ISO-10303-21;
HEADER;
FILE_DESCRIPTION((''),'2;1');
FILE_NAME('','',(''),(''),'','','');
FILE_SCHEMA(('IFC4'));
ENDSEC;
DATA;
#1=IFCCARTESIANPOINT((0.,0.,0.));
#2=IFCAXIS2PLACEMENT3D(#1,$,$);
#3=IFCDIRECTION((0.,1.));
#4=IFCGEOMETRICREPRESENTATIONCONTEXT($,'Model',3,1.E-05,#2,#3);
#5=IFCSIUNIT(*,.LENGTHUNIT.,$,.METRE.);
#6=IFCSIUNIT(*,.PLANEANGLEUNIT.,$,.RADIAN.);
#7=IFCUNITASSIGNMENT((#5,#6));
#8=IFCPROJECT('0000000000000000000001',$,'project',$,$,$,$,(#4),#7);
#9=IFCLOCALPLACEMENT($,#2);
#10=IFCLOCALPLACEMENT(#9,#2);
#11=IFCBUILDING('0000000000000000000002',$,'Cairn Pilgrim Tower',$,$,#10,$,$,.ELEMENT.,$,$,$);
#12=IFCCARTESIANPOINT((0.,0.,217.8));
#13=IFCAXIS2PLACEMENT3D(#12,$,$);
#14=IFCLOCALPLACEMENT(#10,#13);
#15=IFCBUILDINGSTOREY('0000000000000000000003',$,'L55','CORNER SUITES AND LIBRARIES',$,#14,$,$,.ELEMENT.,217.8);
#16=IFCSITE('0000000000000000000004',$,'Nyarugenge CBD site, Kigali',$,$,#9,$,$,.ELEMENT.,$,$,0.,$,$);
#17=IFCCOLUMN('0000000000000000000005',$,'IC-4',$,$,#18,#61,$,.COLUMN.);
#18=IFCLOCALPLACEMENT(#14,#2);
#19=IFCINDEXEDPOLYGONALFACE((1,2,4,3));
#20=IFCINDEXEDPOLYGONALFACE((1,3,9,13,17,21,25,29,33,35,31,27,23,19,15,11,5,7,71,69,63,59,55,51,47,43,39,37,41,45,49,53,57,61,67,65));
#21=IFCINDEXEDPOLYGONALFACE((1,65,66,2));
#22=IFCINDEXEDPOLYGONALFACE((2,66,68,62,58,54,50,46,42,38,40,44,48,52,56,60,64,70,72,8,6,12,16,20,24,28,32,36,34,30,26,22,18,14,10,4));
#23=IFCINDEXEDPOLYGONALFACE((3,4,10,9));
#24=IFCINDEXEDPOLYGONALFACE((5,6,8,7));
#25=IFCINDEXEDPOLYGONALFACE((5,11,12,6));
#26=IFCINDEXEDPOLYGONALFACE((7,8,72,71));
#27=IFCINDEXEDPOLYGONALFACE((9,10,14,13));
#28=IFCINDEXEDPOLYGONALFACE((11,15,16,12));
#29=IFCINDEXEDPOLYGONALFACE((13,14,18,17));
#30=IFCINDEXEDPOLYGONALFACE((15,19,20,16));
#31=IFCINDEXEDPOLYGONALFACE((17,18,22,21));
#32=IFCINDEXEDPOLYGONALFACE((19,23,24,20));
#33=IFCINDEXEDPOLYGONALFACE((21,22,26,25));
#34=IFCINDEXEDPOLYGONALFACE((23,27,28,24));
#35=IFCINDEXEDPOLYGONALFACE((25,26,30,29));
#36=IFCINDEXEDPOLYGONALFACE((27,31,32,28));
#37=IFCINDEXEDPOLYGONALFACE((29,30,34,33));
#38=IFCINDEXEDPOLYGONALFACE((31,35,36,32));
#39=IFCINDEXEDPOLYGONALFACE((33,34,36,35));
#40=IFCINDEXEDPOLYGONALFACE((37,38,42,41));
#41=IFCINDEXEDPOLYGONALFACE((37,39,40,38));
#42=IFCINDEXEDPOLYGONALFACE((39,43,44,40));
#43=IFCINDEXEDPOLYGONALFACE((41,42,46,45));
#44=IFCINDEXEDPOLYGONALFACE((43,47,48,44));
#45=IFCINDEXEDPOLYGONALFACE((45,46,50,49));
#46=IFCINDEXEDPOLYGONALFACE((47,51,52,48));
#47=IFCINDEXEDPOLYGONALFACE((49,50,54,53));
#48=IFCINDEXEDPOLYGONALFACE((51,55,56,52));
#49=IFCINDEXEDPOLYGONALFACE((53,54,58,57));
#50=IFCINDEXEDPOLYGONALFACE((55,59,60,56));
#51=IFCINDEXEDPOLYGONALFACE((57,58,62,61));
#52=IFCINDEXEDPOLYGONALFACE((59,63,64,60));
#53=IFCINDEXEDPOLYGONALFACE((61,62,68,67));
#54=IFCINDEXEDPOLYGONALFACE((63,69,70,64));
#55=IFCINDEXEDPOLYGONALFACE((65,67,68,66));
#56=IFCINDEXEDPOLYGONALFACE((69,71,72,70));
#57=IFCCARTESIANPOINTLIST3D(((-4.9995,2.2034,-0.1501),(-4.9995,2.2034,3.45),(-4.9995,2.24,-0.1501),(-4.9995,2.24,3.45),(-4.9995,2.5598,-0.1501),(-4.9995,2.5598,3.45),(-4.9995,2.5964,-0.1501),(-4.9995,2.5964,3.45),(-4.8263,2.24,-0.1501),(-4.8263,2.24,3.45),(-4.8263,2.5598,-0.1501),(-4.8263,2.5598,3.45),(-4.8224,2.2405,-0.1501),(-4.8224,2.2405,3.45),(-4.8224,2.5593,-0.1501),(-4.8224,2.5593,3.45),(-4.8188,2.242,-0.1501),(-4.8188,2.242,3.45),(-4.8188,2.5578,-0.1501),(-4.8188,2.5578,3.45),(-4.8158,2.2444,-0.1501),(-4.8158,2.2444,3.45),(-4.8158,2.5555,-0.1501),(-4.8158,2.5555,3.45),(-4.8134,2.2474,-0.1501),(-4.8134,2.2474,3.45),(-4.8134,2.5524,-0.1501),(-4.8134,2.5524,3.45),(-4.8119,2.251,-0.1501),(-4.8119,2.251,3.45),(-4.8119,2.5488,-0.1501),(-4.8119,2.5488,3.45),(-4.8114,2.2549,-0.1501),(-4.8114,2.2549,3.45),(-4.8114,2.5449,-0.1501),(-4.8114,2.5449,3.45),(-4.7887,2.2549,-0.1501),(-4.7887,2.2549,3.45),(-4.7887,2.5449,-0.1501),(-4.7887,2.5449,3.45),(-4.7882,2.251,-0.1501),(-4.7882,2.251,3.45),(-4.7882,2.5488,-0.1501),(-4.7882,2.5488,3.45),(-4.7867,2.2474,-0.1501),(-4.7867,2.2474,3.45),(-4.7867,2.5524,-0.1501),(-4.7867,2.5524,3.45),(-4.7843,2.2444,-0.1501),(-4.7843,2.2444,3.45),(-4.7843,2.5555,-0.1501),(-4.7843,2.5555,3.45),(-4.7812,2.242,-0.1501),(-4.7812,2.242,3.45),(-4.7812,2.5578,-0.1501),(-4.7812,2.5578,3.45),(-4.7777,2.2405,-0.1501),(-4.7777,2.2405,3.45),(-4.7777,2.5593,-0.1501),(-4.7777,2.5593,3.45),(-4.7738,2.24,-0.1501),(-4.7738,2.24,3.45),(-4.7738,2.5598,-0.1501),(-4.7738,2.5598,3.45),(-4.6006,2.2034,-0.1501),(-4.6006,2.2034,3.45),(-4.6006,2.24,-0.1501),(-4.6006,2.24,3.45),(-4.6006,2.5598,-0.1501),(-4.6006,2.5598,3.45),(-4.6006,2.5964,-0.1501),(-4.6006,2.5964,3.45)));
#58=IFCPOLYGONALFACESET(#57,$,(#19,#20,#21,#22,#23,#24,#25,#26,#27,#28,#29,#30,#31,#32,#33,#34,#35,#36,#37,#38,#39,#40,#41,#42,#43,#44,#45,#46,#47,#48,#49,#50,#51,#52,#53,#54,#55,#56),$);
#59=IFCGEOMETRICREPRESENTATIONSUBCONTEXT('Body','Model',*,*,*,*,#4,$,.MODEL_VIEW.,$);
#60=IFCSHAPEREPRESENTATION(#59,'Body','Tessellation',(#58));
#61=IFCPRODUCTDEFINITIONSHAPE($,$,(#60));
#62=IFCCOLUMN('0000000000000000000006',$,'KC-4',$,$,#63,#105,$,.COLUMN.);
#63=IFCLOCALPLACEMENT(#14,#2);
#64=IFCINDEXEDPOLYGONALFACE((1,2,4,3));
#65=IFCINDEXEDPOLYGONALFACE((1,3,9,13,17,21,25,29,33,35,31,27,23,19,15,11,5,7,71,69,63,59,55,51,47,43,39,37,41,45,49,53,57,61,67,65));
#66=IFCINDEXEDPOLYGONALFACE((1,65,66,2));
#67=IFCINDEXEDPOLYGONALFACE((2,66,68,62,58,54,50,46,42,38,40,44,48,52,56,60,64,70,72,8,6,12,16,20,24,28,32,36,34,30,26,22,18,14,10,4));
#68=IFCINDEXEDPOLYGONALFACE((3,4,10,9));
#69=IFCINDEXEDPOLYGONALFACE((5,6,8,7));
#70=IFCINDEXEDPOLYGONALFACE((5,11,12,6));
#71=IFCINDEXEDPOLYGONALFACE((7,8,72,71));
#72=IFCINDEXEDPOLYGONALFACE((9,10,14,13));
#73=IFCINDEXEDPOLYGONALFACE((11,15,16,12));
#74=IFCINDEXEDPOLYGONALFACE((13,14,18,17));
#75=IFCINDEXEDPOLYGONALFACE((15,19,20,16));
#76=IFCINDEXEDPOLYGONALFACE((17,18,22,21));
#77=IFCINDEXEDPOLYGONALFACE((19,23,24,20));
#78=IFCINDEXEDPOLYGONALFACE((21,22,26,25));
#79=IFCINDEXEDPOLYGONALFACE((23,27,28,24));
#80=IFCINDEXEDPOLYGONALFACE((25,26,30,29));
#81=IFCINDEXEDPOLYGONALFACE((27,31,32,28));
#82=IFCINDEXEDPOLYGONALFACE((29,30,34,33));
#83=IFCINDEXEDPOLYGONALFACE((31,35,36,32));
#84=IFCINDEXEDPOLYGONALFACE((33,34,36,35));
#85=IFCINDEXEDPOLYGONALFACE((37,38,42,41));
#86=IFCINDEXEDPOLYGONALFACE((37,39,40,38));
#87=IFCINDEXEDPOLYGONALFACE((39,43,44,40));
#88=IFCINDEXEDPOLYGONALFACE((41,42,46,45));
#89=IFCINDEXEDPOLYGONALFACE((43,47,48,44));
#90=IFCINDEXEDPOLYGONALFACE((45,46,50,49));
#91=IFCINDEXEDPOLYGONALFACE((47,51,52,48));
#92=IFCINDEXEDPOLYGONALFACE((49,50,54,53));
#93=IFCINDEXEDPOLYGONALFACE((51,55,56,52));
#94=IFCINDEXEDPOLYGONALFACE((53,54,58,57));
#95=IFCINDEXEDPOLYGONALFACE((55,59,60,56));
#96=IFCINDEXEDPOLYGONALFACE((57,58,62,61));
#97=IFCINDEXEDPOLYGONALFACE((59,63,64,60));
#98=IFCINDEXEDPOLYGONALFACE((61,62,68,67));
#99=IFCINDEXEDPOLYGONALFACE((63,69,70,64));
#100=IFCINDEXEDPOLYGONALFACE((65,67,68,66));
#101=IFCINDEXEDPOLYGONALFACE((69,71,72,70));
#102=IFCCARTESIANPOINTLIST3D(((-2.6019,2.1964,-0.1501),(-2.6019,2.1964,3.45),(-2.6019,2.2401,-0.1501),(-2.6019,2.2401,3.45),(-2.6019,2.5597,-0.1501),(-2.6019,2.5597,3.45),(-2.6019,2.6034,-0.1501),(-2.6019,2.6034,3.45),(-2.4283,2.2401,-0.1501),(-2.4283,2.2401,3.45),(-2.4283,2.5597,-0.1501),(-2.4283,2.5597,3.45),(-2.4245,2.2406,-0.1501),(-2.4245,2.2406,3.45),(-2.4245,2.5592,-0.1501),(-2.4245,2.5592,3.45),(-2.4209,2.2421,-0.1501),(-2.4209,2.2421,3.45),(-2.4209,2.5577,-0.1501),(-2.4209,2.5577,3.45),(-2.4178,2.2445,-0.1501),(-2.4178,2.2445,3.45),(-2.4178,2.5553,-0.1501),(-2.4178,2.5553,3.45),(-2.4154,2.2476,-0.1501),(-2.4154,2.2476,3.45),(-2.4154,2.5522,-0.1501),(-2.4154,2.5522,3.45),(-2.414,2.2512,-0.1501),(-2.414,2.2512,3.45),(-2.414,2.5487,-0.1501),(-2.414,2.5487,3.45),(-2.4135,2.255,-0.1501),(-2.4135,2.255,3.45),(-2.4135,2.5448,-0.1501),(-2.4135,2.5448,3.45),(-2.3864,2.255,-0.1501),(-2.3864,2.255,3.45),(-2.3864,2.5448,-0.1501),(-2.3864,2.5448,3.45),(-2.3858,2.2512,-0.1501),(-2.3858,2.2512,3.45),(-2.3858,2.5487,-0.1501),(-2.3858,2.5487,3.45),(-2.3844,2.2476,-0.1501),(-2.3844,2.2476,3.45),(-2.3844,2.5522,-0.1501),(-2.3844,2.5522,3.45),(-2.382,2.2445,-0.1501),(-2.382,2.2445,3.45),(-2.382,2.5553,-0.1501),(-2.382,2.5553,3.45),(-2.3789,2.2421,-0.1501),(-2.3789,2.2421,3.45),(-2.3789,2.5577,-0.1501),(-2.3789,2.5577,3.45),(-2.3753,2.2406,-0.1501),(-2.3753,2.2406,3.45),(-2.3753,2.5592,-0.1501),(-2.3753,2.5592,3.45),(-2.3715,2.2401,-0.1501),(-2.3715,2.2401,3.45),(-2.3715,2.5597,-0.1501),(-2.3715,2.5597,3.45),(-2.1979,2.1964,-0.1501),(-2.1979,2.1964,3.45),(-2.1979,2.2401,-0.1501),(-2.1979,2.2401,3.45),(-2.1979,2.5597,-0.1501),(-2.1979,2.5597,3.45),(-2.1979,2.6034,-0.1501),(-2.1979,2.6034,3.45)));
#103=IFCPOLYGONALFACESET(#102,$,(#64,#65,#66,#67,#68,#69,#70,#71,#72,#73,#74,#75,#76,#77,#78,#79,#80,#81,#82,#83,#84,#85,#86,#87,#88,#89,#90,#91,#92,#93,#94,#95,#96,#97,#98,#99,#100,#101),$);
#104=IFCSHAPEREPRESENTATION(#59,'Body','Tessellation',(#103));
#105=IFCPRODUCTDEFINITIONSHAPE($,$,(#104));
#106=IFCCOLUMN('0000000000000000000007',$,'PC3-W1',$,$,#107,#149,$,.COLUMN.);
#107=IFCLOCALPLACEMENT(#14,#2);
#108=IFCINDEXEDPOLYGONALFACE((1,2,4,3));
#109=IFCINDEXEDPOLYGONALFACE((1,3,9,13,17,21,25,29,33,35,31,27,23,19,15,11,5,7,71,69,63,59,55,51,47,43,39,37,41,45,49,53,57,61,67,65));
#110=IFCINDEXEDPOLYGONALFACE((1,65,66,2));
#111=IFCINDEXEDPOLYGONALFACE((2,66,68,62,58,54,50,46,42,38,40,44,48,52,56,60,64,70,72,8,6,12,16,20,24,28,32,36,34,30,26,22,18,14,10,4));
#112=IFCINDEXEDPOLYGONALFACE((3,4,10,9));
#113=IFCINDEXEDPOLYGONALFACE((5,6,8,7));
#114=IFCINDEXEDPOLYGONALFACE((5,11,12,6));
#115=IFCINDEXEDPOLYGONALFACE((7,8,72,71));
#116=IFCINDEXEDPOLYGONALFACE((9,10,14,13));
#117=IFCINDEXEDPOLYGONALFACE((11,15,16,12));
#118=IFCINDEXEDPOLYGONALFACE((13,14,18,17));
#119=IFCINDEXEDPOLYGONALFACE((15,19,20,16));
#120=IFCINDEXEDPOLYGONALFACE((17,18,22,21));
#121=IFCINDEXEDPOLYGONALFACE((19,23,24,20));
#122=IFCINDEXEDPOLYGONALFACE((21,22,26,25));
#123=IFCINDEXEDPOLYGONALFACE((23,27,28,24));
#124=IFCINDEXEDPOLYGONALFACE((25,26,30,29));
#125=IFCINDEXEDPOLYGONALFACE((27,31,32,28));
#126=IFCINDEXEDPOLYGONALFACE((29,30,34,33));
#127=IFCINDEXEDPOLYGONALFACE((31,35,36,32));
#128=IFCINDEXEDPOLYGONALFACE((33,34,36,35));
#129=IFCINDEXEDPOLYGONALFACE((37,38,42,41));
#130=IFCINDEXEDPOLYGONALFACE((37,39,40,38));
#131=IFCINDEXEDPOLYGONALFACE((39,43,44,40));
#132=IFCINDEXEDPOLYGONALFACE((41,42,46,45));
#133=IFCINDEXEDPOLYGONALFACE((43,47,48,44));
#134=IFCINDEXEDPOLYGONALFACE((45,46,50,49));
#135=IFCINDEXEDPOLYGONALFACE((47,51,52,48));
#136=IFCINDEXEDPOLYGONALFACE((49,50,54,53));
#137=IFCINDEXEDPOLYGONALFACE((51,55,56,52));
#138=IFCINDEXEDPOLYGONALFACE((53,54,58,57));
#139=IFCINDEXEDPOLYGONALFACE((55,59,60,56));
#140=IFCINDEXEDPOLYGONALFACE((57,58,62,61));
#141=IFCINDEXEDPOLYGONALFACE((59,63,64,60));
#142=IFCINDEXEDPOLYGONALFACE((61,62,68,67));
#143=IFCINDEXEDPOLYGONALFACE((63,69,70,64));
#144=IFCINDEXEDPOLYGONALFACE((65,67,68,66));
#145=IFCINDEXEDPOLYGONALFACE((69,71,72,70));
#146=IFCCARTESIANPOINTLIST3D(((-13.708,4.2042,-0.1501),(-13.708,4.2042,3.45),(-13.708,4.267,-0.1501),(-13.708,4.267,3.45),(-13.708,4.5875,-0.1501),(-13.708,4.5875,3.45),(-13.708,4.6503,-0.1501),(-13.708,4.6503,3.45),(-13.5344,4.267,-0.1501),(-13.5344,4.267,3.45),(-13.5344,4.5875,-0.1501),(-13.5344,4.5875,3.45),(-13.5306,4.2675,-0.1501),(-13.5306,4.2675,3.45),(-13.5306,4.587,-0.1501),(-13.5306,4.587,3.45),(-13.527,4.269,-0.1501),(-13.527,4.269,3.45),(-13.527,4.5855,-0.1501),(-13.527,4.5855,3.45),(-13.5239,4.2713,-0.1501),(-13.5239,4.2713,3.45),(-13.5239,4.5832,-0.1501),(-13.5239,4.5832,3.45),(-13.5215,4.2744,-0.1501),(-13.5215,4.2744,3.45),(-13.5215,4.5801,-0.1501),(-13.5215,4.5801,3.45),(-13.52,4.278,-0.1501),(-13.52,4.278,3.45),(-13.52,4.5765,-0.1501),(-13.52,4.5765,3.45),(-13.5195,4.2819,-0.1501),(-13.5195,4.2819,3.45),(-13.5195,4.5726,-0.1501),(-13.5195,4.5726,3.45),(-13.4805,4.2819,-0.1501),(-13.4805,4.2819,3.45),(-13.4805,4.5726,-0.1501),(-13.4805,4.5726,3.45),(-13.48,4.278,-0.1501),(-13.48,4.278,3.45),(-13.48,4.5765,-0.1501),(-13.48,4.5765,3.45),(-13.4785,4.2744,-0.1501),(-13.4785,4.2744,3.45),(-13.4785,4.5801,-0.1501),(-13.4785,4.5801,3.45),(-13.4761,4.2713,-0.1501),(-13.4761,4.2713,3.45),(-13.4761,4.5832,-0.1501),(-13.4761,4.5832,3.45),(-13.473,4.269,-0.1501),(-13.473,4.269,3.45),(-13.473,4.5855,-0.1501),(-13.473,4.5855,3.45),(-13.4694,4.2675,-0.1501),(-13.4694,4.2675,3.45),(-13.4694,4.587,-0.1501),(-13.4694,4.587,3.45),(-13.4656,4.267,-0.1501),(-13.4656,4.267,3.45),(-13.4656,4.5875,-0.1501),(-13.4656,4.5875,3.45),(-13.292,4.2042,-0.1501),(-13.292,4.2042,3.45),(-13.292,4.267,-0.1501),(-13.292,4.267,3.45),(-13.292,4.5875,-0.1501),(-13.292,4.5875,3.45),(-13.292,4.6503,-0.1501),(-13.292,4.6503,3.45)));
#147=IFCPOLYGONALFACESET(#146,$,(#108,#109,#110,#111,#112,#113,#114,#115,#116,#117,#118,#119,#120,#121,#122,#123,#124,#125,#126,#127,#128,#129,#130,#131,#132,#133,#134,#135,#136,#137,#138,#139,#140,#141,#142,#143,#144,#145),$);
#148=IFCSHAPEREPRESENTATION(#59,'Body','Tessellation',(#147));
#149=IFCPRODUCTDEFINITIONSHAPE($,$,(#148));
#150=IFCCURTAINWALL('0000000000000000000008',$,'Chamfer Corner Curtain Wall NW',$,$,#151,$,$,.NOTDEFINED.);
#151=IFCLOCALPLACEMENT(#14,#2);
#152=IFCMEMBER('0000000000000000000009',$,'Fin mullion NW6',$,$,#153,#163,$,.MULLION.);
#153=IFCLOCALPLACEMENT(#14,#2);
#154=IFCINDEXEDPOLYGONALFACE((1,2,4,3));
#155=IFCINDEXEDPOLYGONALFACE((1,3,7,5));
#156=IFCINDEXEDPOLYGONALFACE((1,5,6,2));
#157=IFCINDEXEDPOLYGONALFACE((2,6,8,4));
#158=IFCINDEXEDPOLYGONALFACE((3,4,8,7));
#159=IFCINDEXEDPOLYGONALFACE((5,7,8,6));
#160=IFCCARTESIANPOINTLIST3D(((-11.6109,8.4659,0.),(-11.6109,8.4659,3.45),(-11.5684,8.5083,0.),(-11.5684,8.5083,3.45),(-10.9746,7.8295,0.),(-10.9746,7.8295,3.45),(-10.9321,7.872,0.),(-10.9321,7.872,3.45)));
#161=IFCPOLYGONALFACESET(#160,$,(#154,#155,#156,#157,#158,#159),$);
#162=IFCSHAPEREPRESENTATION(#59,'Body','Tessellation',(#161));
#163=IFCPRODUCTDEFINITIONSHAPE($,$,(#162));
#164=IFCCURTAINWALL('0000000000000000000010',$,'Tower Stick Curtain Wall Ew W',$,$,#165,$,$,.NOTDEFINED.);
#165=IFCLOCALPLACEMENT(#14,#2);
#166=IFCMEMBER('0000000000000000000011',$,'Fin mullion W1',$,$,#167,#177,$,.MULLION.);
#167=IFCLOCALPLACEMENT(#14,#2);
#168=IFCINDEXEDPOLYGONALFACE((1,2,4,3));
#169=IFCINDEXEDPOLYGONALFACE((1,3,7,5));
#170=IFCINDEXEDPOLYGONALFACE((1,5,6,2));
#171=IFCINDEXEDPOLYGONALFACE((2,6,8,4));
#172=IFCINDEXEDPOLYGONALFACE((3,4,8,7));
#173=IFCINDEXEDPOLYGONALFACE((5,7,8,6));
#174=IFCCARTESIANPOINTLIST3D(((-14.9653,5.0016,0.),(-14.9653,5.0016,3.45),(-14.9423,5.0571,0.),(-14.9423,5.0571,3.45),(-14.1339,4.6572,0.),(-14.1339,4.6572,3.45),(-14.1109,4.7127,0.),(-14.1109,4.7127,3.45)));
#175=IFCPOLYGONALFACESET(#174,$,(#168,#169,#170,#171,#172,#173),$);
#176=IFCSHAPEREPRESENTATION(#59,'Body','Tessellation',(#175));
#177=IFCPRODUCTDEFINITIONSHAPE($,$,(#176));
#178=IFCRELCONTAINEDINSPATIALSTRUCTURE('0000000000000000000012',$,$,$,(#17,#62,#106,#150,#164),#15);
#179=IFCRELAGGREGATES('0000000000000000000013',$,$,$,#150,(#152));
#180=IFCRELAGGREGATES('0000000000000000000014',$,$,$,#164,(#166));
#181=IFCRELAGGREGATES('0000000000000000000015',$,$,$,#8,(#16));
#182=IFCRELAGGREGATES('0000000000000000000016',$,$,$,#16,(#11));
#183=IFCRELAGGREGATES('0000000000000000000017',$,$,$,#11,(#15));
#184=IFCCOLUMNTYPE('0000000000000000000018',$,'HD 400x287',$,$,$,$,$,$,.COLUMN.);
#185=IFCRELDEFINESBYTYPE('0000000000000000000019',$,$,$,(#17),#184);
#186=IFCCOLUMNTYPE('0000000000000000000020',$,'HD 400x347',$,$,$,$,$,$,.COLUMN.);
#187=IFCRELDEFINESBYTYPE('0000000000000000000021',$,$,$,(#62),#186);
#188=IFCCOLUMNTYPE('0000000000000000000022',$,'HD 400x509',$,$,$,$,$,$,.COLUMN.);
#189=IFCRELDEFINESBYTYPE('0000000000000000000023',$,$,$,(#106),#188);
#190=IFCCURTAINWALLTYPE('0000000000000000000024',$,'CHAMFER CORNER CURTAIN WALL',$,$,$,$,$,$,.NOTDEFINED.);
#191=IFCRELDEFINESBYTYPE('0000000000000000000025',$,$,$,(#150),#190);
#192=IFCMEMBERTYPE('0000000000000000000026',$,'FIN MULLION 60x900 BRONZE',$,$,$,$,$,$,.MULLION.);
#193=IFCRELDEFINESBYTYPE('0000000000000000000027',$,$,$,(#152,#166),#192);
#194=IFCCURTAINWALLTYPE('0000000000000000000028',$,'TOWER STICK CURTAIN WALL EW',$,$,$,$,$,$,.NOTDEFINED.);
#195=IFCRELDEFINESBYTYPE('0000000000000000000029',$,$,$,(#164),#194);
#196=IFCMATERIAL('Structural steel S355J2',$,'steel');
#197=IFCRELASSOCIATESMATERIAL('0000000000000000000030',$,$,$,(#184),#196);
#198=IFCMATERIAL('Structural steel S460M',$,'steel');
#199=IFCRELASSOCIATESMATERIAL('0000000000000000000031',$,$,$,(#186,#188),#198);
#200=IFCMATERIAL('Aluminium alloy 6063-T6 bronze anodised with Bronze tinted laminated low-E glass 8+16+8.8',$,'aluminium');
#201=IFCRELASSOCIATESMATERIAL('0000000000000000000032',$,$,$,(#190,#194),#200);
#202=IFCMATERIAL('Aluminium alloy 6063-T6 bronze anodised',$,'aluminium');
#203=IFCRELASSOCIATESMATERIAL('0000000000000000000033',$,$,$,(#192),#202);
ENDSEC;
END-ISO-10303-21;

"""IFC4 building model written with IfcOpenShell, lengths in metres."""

from ifc_helpers import new_model, si_unit, direction, frame, origin, origin_2d, place, context, subcontext, project, spatial, rectangle, i_section, extrude, material, material_profile, profile_set, type_object, element, aggregate, save


model = new_model("IFC4")

# Units and contexts
model_context = context("Model", 3, precision=1e-05, world=origin(), true_north=direction((0.0, 1.0)))
body_context = subcontext(model_context, "Body", "Model", "MODEL_VIEW")
ifc_project = project(units=[si_unit("LENGTHUNIT", "METRE"), si_unit("PLANEANGLEUNIT", "RADIAN")], contexts=[model_context])

# Site, building, storey
site_placement = place(None, origin())
site = spatial("IfcSite", under=ifc_project, at=site_placement, Name="Nyarugenge CBD site, Kigali", CompositionType="ELEMENT", RefElevation=0.0)
building_placement = place(site_placement, origin())
building = spatial("IfcBuilding", under=site, at=building_placement, Name="Cairn Pilgrim Tower", CompositionType="ELEMENT")
storey_placement = place(building_placement, frame((0.0, 0.0, 217.8)))
storey = spatial("IfcBuildingStorey", under=building, at=storey_placement, Name="L55", Description="CORNER SUITES AND LIBRARIES", CompositionType="ELEMENT", Elevation=217.8)

# Columns
ifc_material_1 = material(Name="Structural steel S355J2", Category="steel")
ifc_material_profile_1 = material_profile(ifc_material_1, i_section(OverallWidth=0.3989, OverallDepth=0.3931, WebThickness=0.0227, FlangeThickness=0.0366, FilletRadius=0.0149, at=origin_2d()), Name="HD 400x287")
ifc_profile_set_1 = profile_set([ifc_material_profile_1], Name="Structural steel S355J2")
column_type_1 = type_object("IfcColumnType", Name="HD 400x287", PredefinedType="COLUMN", material=ifc_profile_set_1)
column_1_placement = place(storey_placement, frame((-4.8, 2.3999, -0.1501), z_axis=(0.0, 0.0, 1.0), x_axis=(1.0, 0.0, 0.0)))
element("IfcColumn", 1, at=column_1_placement, inside=storey, type_object=column_type_1, Name="IC-4", PredefinedType="COLUMN", context=body_context, shape_type="SweptSolid", body=[
    extrude(i_section(OverallWidth=0.3989, OverallDepth=0.3931, WebThickness=0.0227, FlangeThickness=0.0366, FilletRadius=0.0149, at=origin_2d()), origin(), (0.0, 0.0, 1.0), 3.6001),
])
ifc_material_2 = material(Name="Structural steel S460M", Category="steel")
ifc_material_profile_2 = material_profile(ifc_material_2, i_section(OverallWidth=0.4041, OverallDepth=0.407, WebThickness=0.0271, FlangeThickness=0.0437, FilletRadius=0.0149, at=origin_2d()), Name="HD 400x347")
ifc_profile_set_2 = profile_set([ifc_material_profile_2], Name="Structural steel S460M")
column_type_2 = type_object("IfcColumnType", Name="HD 400x347", PredefinedType="COLUMN", material=ifc_profile_set_2)
column_2_placement = place(storey_placement, frame((-2.3999, 2.3999, -0.1501), z_axis=(0.0, 0.0, 1.0), x_axis=(1.0, 0.0, 0.0)))
element("IfcColumn", 2, at=column_2_placement, inside=storey, type_object=column_type_2, Name="KC-4", PredefinedType="COLUMN", context=body_context, shape_type="SweptSolid", body=[
    extrude(i_section(OverallWidth=0.4041, OverallDepth=0.407, WebThickness=0.0271, FlangeThickness=0.0437, FilletRadius=0.0149, at=origin_2d()), origin(), (0.0, 0.0, 1.0), 3.6001),
])
ifc_material_profile_3 = material_profile(ifc_material_2, i_section(OverallWidth=0.416, OverallDepth=0.446, WebThickness=0.0391, FlangeThickness=0.0627, FilletRadius=0.0149, at=origin_2d()), Name="HD 400x509")
ifc_profile_set_3 = profile_set([ifc_material_profile_3], Name="Structural steel S460M")
column_type_3 = type_object("IfcColumnType", Name="HD 400x509", PredefinedType="COLUMN", material=ifc_profile_set_3)
column_3_placement = place(storey_placement, frame((-13.5, 4.4272, -0.1501), z_axis=(0.0, 0.0, 1.0), x_axis=(1.0, 0.0, 0.0)))
element("IfcColumn", 3, at=column_3_placement, inside=storey, type_object=column_type_3, Name="PC3-W1", PredefinedType="COLUMN", context=body_context, shape_type="SweptSolid", body=[
    extrude(i_section(OverallWidth=0.416, OverallDepth=0.446, WebThickness=0.0391, FlangeThickness=0.0627, FilletRadius=0.0149, at=origin_2d()), origin(), (0.0, 0.0, 1.0), 3.6001),
])

# Curtain walls, members
ifc_material_3 = material(Name="Aluminium alloy 6063-T6 bronze anodised with Bronze tinted laminated low-E glass 8+16+8.8", Category="aluminium")
curtain_wall_type_1 = type_object("IfcCurtainWallType", Name="CHAMFER CORNER CURTAIN WALL", PredefinedType="NOTDEFINED", material=ifc_material_3)
curtain_wall_1_placement = place(storey_placement, origin())
curtain_wall_1 = element("IfcCurtainWall", 4, at=curtain_wall_1_placement, inside=storey, type_object=curtain_wall_type_1, Name="Chamfer Corner Curtain Wall NW", PredefinedType="NOTDEFINED")
ifc_material_4 = material(Name="Aluminium alloy 6063-T6 bronze anodised", Category="aluminium")
ifc_material_profile_4 = material_profile(ifc_material_4, rectangle(XDim=0.8999, YDim=0.0601, at=origin_2d()), Name="FIN MULLION 60x900 BRONZE")
ifc_profile_set_4 = profile_set([ifc_material_profile_4], Name="Aluminium alloy 6063-T6 bronze anodised")
member_type_1 = type_object("IfcMemberType", Name="FIN MULLION 60x900 BRONZE", PredefinedType="MULLION", material=ifc_profile_set_4)
member_1_placement = place(storey_placement, frame((-11.2715, 8.1689, 0.0), z_axis=(0.0, 0.0, 1.0), x_axis=(-0.707107, 0.707107, 0.0)))
member_1 = element("IfcMember", 5, at=member_1_placement, type_object=member_type_1, Name="Fin mullion NW6", PredefinedType="MULLION", context=body_context, shape_type="SweptSolid", body=[
    extrude(rectangle(XDim=0.8999, YDim=0.0601, at=origin_2d()), origin(), (0.0, 0.0, 1.0), 3.45),
])
curtain_wall_type_2 = type_object("IfcCurtainWallType", Name="TOWER STICK CURTAIN WALL EW", PredefinedType="NOTDEFINED", material=ifc_material_3)
curtain_wall_2_placement = place(storey_placement, origin())
curtain_wall_2 = element("IfcCurtainWall", 6, at=curtain_wall_2_placement, inside=storey, type_object=curtain_wall_type_2, Name="Tower Stick Curtain Wall Ew W", PredefinedType="NOTDEFINED")
member_2_placement = place(storey_placement, frame((-14.5381, 4.8572, 0.0), z_axis=(0.0, 0.0, 1.0), x_axis=(-0.92388, 0.382683, 0.0)))
member_2 = element("IfcMember", 7, at=member_2_placement, type_object=member_type_1, Name="Fin mullion W1", PredefinedType="MULLION", context=body_context, shape_type="SweptSolid", body=[
    extrude(rectangle(XDim=0.8999, YDim=0.0601, at=origin_2d()), origin(), (0.0, 0.0, 1.0), 3.45),
])

aggregate(curtain_wall_1, [member_1])
aggregate(curtain_wall_2, [member_2])

save(model, "model.ifc")
